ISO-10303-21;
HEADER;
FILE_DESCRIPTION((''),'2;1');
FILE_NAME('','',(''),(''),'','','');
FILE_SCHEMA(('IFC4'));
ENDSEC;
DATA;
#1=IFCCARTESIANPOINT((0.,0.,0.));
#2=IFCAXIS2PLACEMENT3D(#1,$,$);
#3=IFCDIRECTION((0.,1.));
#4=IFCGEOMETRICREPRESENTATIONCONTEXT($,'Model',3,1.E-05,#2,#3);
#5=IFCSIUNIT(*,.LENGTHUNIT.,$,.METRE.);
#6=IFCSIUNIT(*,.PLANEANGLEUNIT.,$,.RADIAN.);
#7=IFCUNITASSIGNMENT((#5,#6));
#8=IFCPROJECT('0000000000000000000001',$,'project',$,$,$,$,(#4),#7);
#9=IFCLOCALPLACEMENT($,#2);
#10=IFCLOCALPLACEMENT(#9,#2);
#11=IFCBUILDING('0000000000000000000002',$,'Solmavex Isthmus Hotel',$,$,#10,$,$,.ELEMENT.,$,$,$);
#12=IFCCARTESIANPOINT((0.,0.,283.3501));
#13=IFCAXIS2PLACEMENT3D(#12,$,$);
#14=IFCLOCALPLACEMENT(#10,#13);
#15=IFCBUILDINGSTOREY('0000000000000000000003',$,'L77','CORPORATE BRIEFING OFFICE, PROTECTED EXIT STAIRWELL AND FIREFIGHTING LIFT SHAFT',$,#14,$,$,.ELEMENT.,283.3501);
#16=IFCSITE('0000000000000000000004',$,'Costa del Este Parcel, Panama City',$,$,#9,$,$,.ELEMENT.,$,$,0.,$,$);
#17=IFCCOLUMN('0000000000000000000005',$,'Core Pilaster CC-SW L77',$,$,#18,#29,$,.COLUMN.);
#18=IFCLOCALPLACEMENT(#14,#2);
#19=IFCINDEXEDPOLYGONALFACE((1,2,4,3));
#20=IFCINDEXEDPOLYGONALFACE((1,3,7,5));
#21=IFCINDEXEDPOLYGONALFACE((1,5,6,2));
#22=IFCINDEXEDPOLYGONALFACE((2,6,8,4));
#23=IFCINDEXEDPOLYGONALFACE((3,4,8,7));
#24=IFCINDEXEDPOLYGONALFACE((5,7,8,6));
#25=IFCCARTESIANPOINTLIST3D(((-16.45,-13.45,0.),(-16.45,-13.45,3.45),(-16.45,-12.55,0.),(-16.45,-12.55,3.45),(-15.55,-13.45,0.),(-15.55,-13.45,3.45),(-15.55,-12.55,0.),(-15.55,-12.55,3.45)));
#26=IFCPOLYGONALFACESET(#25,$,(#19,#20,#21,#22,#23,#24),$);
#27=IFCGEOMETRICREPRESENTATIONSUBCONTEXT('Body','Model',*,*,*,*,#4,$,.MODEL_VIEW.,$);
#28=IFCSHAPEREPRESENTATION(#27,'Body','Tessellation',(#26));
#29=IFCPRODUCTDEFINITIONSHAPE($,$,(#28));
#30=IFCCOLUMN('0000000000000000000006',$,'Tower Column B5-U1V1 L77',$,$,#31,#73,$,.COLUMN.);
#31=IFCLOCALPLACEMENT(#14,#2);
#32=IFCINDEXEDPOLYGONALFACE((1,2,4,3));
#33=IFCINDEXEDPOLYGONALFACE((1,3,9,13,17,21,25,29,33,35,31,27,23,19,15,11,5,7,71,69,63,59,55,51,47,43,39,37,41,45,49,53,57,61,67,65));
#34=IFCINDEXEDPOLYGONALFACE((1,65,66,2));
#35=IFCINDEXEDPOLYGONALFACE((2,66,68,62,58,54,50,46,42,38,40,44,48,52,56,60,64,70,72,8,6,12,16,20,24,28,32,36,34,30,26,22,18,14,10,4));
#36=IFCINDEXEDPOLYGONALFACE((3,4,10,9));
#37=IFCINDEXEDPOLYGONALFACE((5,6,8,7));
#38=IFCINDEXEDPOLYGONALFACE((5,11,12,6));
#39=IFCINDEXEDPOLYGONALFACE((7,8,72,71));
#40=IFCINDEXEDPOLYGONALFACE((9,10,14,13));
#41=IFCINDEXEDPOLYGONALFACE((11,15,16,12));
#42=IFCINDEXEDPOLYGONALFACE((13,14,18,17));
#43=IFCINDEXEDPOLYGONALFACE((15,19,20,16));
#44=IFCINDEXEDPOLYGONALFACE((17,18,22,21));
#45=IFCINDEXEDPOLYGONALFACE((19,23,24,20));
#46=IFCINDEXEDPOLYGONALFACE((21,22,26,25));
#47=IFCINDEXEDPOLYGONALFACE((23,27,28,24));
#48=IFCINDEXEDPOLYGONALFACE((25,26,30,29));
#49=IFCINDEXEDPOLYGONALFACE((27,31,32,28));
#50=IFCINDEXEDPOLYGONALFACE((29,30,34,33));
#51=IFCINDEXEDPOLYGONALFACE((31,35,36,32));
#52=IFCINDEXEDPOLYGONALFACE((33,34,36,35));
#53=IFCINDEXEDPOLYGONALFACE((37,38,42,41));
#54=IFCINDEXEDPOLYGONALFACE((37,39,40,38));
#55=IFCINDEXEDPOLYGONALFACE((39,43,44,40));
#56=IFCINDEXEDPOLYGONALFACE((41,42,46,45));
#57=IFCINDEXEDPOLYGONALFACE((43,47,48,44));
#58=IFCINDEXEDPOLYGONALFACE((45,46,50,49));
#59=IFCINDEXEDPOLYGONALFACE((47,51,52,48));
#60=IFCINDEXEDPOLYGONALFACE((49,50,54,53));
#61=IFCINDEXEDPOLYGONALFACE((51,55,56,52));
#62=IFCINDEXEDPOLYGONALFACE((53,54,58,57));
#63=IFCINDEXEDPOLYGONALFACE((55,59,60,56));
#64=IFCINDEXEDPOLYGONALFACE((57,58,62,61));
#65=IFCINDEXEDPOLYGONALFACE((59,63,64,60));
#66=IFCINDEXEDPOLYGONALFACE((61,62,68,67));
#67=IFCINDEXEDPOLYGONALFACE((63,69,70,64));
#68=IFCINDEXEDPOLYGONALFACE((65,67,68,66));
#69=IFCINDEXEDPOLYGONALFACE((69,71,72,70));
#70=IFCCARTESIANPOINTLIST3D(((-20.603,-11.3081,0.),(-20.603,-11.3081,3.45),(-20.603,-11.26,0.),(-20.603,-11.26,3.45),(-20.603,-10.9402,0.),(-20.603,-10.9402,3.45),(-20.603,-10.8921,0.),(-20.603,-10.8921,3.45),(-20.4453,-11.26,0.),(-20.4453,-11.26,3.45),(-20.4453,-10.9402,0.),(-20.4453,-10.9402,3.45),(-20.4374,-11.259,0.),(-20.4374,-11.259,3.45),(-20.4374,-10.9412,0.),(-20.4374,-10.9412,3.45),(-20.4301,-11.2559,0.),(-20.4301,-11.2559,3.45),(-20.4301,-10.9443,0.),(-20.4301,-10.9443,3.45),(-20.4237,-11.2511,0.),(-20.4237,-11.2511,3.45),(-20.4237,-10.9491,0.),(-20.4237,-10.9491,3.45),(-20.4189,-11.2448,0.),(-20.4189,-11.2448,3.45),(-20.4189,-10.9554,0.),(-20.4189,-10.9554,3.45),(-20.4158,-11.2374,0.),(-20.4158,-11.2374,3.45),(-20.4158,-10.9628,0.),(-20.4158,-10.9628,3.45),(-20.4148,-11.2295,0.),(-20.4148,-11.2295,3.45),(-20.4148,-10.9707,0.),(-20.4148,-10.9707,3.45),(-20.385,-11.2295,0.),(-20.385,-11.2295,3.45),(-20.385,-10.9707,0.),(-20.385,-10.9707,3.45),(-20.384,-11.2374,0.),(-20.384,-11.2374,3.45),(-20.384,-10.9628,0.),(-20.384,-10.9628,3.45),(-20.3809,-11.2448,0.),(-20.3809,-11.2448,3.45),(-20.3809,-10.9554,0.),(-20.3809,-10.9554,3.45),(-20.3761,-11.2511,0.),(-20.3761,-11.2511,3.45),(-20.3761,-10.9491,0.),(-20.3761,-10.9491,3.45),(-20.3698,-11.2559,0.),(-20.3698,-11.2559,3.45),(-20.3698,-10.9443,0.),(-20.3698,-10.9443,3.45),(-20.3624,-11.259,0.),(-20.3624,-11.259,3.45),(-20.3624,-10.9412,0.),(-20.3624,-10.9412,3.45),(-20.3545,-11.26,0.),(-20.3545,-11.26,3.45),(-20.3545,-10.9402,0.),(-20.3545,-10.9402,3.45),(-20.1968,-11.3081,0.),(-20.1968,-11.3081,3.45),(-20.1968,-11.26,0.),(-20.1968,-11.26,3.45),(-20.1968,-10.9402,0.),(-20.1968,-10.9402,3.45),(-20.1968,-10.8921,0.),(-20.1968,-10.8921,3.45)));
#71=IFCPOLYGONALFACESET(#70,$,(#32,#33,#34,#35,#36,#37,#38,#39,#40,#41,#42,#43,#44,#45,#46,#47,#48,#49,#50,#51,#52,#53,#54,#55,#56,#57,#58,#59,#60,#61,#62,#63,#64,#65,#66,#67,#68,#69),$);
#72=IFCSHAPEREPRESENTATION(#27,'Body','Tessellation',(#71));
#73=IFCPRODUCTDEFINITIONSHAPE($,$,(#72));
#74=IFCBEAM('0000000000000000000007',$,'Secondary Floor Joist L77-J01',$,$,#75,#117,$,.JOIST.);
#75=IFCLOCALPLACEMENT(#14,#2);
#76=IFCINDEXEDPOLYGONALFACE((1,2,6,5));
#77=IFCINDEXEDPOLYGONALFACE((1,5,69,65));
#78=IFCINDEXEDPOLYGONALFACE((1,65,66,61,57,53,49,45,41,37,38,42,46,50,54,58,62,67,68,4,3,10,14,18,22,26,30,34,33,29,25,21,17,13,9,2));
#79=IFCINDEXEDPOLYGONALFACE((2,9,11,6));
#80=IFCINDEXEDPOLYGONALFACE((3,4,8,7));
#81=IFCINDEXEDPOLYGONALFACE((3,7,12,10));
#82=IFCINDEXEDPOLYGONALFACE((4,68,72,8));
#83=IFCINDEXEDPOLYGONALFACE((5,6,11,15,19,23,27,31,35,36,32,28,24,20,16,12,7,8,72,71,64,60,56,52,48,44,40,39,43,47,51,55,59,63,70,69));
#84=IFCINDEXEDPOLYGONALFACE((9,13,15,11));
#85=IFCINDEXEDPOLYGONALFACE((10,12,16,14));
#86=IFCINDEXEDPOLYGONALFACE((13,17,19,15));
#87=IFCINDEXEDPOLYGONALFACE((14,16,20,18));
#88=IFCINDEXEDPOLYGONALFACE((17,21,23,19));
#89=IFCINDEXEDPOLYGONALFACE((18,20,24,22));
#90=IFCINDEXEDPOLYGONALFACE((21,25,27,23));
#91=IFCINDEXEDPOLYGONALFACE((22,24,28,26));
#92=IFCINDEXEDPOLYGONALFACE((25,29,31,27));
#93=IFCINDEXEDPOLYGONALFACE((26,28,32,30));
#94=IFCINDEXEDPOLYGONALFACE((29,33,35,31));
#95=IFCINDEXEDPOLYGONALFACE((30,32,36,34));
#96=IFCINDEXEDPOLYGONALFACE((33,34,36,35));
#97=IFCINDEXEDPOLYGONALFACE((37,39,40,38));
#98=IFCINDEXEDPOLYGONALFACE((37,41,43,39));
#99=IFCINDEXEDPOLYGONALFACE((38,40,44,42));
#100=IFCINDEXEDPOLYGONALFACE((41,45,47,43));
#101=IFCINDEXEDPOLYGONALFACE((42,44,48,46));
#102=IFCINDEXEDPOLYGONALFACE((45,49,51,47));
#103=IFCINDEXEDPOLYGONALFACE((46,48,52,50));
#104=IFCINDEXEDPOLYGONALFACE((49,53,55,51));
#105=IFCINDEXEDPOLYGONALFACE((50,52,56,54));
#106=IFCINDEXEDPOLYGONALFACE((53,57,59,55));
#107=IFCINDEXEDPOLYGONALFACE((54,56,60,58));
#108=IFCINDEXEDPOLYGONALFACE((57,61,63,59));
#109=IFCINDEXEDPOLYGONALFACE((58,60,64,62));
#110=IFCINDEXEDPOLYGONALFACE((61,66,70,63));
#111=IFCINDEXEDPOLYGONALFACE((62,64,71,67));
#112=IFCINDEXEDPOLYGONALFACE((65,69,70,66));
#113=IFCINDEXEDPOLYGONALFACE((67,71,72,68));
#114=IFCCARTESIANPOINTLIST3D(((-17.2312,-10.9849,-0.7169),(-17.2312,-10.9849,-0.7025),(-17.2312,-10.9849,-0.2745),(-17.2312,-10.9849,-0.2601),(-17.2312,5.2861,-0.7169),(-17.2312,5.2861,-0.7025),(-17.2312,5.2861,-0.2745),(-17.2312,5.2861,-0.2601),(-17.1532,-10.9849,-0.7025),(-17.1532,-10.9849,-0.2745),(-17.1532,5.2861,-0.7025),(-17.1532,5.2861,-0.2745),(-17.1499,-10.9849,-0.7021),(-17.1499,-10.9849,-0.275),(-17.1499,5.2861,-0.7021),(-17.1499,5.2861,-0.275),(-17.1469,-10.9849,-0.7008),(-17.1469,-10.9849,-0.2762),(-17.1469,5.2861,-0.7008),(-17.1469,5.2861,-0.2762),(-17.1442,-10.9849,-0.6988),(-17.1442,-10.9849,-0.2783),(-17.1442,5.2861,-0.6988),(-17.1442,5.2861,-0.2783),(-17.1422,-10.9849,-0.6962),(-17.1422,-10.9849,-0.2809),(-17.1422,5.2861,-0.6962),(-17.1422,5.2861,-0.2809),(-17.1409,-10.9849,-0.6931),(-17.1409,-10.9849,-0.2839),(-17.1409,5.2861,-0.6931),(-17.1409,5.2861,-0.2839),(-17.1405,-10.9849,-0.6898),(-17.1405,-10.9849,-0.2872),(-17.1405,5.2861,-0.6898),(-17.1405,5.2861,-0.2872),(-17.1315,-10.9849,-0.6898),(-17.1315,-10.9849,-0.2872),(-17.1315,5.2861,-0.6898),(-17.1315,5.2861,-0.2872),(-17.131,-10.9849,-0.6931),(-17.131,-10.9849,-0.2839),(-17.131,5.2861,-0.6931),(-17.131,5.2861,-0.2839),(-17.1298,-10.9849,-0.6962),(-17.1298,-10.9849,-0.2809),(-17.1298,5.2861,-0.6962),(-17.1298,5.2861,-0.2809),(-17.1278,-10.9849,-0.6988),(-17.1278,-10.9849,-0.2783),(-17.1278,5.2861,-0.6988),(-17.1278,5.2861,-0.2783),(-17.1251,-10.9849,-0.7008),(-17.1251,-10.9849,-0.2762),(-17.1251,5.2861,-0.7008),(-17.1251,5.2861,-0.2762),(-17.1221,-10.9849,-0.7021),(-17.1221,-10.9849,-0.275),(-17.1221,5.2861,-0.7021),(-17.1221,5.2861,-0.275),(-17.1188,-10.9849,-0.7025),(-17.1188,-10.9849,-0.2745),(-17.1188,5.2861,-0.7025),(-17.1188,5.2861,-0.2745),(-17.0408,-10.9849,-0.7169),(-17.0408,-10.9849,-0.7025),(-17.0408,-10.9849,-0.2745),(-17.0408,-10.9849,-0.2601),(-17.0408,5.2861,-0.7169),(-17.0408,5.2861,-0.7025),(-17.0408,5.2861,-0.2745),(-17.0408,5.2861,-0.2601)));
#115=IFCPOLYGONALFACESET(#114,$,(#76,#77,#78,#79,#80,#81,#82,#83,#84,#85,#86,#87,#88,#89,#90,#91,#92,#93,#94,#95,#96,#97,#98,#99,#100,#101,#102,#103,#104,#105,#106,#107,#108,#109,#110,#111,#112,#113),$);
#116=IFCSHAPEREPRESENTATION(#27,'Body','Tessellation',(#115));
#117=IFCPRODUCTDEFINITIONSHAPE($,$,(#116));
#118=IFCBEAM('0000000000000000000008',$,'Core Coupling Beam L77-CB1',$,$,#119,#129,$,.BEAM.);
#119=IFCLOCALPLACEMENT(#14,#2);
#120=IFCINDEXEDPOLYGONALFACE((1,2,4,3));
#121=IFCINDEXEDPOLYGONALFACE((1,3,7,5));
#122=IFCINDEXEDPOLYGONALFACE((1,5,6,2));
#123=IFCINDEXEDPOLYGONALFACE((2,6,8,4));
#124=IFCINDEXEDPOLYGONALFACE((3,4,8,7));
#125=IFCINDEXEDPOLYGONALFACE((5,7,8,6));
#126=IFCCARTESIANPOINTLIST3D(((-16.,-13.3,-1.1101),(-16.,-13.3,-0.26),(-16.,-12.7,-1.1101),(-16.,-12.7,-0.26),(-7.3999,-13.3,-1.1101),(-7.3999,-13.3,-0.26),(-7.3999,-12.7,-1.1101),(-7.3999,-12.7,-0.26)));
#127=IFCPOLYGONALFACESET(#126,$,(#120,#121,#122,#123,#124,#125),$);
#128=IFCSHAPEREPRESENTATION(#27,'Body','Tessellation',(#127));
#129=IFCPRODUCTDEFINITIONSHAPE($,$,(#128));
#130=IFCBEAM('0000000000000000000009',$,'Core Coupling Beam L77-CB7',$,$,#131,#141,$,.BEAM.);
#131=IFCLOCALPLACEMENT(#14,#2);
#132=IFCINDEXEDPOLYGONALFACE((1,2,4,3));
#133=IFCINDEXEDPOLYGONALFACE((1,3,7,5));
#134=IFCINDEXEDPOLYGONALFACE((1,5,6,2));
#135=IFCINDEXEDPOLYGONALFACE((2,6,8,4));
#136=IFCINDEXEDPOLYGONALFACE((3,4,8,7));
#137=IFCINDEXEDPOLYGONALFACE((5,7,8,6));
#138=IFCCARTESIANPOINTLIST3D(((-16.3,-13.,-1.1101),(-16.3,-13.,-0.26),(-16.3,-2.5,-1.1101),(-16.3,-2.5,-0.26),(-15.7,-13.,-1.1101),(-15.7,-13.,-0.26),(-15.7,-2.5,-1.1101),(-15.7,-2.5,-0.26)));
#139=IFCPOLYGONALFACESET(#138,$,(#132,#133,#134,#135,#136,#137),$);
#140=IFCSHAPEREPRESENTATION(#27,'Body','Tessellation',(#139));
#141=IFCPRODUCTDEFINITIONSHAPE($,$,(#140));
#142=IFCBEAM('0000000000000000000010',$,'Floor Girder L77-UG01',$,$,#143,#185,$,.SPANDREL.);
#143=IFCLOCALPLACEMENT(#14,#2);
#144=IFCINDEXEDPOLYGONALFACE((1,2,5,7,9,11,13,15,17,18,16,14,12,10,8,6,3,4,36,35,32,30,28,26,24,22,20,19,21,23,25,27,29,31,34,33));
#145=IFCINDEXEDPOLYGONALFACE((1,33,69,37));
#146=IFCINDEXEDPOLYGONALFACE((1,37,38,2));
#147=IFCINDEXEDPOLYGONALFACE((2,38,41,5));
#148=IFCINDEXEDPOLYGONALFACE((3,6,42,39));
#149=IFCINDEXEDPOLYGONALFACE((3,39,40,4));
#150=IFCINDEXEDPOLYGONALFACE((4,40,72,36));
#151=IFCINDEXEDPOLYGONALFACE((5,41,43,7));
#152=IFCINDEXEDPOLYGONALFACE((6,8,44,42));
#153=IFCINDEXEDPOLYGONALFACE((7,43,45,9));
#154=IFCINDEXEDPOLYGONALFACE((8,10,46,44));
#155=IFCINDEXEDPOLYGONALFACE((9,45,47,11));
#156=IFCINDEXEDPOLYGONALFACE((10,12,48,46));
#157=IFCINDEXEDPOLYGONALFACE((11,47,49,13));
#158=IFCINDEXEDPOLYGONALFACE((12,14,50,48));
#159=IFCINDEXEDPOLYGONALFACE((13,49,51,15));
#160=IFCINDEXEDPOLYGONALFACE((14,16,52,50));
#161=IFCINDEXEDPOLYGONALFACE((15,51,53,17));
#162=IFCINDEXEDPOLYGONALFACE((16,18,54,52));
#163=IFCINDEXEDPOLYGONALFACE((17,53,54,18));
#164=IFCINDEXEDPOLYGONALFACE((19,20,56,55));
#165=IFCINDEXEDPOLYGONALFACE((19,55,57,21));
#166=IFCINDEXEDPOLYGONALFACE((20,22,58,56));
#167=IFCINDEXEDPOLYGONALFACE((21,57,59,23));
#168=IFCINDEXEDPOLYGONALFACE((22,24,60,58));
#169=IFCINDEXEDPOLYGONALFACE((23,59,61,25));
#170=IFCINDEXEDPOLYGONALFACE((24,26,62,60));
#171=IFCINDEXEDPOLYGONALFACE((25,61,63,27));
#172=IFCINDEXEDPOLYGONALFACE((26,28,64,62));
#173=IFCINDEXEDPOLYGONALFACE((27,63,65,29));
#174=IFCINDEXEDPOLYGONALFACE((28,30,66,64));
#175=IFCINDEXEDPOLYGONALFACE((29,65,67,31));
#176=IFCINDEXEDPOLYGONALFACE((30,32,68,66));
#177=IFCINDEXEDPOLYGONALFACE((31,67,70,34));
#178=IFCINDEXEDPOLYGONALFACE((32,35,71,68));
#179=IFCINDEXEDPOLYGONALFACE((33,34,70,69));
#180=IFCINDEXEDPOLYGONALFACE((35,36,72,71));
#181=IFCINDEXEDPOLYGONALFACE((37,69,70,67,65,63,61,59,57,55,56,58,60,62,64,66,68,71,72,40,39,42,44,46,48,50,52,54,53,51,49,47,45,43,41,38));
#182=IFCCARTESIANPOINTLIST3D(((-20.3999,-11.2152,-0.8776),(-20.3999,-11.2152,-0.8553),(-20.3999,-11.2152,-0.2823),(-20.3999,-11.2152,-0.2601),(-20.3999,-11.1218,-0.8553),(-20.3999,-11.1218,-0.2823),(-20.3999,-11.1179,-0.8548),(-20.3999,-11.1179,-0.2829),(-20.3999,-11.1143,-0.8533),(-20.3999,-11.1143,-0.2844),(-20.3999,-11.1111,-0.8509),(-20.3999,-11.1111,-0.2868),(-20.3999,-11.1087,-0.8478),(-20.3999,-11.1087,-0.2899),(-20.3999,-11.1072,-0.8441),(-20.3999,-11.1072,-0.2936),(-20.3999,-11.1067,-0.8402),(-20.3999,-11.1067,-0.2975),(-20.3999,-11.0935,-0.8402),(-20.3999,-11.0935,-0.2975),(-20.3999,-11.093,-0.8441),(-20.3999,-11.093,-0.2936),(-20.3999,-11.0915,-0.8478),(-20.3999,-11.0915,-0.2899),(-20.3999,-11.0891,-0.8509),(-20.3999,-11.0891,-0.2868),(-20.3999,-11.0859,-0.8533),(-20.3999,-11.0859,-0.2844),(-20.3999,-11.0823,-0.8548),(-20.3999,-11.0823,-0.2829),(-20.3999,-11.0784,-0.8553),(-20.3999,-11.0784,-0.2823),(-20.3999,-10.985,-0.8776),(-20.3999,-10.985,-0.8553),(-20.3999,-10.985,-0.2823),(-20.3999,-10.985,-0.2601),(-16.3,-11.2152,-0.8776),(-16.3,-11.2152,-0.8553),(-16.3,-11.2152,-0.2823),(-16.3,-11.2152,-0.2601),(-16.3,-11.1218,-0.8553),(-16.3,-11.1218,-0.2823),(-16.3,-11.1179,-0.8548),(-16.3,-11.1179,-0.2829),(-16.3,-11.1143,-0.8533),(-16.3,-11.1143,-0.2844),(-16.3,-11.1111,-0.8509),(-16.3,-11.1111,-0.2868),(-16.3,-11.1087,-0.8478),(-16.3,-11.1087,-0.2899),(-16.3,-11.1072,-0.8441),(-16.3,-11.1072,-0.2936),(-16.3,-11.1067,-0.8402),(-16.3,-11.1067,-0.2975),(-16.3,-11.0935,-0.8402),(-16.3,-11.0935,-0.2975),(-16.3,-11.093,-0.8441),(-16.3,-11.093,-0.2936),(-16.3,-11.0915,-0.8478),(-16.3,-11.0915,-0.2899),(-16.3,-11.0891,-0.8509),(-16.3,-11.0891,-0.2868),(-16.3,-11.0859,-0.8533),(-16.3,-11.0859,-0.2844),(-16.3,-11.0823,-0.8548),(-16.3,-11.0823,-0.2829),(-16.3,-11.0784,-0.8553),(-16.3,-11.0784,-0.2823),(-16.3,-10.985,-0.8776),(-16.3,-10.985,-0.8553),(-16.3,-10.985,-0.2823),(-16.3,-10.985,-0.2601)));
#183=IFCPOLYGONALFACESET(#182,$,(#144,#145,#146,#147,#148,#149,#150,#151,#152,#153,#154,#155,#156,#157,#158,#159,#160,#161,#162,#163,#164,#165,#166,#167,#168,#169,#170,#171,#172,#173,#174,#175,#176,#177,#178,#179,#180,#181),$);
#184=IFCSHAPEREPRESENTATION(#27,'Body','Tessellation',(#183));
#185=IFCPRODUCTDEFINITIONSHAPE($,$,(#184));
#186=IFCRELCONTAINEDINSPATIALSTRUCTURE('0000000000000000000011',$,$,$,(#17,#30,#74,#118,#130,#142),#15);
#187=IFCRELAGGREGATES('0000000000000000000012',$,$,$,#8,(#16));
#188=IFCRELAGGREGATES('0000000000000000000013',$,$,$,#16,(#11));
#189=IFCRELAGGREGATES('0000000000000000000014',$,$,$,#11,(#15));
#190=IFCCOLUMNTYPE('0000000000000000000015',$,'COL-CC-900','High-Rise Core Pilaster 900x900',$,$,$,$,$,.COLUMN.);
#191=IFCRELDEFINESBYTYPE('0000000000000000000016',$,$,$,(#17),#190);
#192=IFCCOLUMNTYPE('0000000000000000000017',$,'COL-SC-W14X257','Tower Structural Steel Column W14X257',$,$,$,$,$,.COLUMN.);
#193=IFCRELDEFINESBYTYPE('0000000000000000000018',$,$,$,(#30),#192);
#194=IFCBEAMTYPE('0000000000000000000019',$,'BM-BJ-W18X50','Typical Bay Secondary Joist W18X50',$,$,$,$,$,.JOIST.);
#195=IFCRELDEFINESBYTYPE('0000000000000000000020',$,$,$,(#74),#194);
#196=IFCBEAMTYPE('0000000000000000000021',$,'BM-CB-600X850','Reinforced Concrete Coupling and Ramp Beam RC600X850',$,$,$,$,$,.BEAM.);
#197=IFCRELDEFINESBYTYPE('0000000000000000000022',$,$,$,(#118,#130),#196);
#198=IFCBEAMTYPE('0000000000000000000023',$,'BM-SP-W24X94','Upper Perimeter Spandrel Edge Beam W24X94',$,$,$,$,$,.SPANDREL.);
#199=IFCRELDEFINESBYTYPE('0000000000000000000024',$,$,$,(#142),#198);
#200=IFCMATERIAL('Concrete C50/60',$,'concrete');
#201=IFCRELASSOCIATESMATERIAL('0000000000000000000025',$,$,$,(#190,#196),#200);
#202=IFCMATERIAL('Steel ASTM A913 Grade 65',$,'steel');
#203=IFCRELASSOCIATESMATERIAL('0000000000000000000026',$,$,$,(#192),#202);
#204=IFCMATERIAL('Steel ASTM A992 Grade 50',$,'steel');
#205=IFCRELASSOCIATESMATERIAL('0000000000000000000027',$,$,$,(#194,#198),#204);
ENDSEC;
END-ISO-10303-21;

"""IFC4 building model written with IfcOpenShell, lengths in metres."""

from ifc_helpers import new_model, si_unit, direction, frame, origin, origin_2d, place, context, subcontext, project, spatial, rectangle, i_section, extrude, material, material_profile, profile_set, type_object, element, save


model = new_model("IFC4")

# Units and contexts
model_context = context("Model", 3, precision=1e-05, world=origin(), true_north=direction((0.0, 1.0)))
body_context = subcontext(model_context, "Body", "Model", "MODEL_VIEW")
ifc_project = project(units=[si_unit("LENGTHUNIT", "METRE"), si_unit("PLANEANGLEUNIT", "RADIAN")], contexts=[model_context])

# Site, building, storey
site_placement = place(None, origin())
site = spatial("IfcSite", under=ifc_project, at=site_placement, Name="Costa del Este Parcel, Panama City", CompositionType="ELEMENT", RefElevation=0.0)
building_placement = place(site_placement, origin())
building = spatial("IfcBuilding", under=site, at=building_placement, Name="Solmavex Isthmus Hotel", CompositionType="ELEMENT")
storey_placement = place(building_placement, frame((0.0, 0.0, 283.3501)))
storey = spatial("IfcBuildingStorey", under=building, at=storey_placement, Name="L77", Description="CORPORATE BRIEFING OFFICE, PROTECTED EXIT STAIRWELL AND FIREFIGHTING LIFT SHAFT", CompositionType="ELEMENT", Elevation=283.3501)

# Columns
ifc_material_1 = material(Name="Concrete C50/60", Category="concrete")
ifc_material_profile_1 = material_profile(ifc_material_1, rectangle(XDim=0.8999, YDim=0.8999, at=origin_2d()), Name="RC900X900")
ifc_profile_set_1 = profile_set([ifc_material_profile_1], Name="Concrete C50/60")
column_type_1 = type_object("IfcColumnType", Name="COL-CC-900", Description="High-Rise Core Pilaster 900x900", PredefinedType="COLUMN", material=ifc_profile_set_1)
column_1_placement = place(storey_placement, frame((-16.0, -13.0, 0.0), z_axis=(0.0, 0.0, 1.0), x_axis=(1.0, 0.0, 0.0)))
element("IfcColumn", 1, at=column_1_placement, inside=storey, type_object=column_type_1, Name="Core Pilaster CC-SW L77", PredefinedType="COLUMN", context=body_context, shape_type="SweptSolid", body=[
    extrude(rectangle(XDim=0.8999, YDim=0.8999, at=origin_2d()), origin(), (0.0, 0.0, 1.0), 3.45),
])
ifc_material_2 = material(Name="Steel ASTM A913 Grade 65", Category="steel")
ifc_material_profile_2 = material_profile(ifc_material_2, i_section(OverallWidth=0.4062, OverallDepth=0.416, WebThickness=0.0298, FlangeThickness=0.0481, FilletRadius=0.0305, at=origin_2d()), Name="W14X257")
ifc_profile_set_2 = profile_set([ifc_material_profile_2], Name="Steel ASTM A913 Grade 65")
column_type_2 = type_object("IfcColumnType", Name="COL-SC-W14X257", Description="Tower Structural Steel Column W14X257", PredefinedType="COLUMN", material=ifc_profile_set_2)
column_2_placement = place(storey_placement, frame((-20.3999, -11.1001, 0.0), z_axis=(0.0, 0.0, 1.0), x_axis=(1.0, 0.0, 0.0)))
element("IfcColumn", 2, at=column_2_placement, inside=storey, type_object=column_type_2, Name="Tower Column B5-U1V1 L77", PredefinedType="COLUMN", context=body_context, shape_type="SweptSolid", body=[
    extrude(i_section(OverallWidth=0.4062, OverallDepth=0.416, WebThickness=0.0298, FlangeThickness=0.0481, FilletRadius=0.0305, at=origin_2d()), origin(), (0.0, 0.0, 1.0), 3.45),
])

# Beams
ifc_material_3 = material(Name="Steel ASTM A992 Grade 50", Category="steel")
ifc_material_profile_3 = material_profile(ifc_material_3, i_section(OverallWidth=0.1904, OverallDepth=0.4568, WebThickness=0.009, FlangeThickness=0.0144, FilletRadius=0.0127, at=origin_2d()), Name="W18X50")
ifc_profile_set_3 = profile_set([ifc_material_profile_3], Name="Steel ASTM A992 Grade 50")
beam_type_1 = type_object("IfcBeamType", Name="BM-BJ-W18X50", Description="Typical Bay Secondary Joist W18X50", PredefinedType="JOIST", material=ifc_profile_set_3)
beam_1_placement = place(storey_placement, frame((-17.136, -10.9849, -0.4885), z_axis=(0.0, 1.0, 0.0), x_axis=(-1.0, 0.0, 0.0)))
element("IfcBeam", 3, at=beam_1_placement, inside=storey, type_object=beam_type_1, Name="Secondary Floor Joist L77-J01", PredefinedType="JOIST", context=body_context, shape_type="SweptSolid", body=[
    extrude(i_section(OverallWidth=0.1904, OverallDepth=0.4568, WebThickness=0.009, FlangeThickness=0.0144, FilletRadius=0.0127, at=origin_2d()), origin(), (0.0, 0.0, 1.0), 16.271),
])
ifc_material_profile_4 = material_profile(ifc_material_1, rectangle(XDim=0.6001, YDim=0.8501, at=origin_2d()), Name="RC600X850")
ifc_profile_set_4 = profile_set([ifc_material_profile_4], Name="Concrete C50/60")
beam_type_2 = type_object("IfcBeamType", Name="BM-CB-600X850", Description="Reinforced Concrete Coupling and Ramp Beam RC600X850", PredefinedType="BEAM", material=ifc_profile_set_4)
beam_2_placement = place(storey_placement, frame((-16.0, -13.0, -0.6851), z_axis=(1.0, 0.0, 0.0), x_axis=(0.0, 1.0, 0.0)))
element("IfcBeam", 4, at=beam_2_placement, inside=storey, type_object=beam_type_2, Name="Core Coupling Beam L77-CB1", PredefinedType="BEAM", context=body_context, shape_type="SweptSolid", body=[
    extrude(rectangle(XDim=0.6001, YDim=0.8501, at=origin_2d()), origin(), (0.0, 0.0, 1.0), 8.6001),
])
beam_3_placement = place(storey_placement, frame((-16.0, -13.0, -0.6851), z_axis=(0.0, 1.0, 0.0), x_axis=(-1.0, 0.0, 0.0)))
element("IfcBeam", 5, at=beam_3_placement, inside=storey, type_object=beam_type_2, Name="Core Coupling Beam L77-CB7", PredefinedType="BEAM", context=body_context, shape_type="SweptSolid", body=[
    extrude(rectangle(XDim=0.6001, YDim=0.8501, at=origin_2d()), origin(), (0.0, 0.0, 1.0), 10.5),
])
ifc_material_profile_5 = material_profile(ifc_material_3, i_section(OverallWidth=0.2302, OverallDepth=0.6174, WebThickness=0.0132, FlangeThickness=0.0222, FilletRadius=0.0151, at=origin_2d()), Name="W24X94")
ifc_profile_set_5 = profile_set([ifc_material_profile_5], Name="Steel ASTM A992 Grade 50")
beam_type_3 = type_object("IfcBeamType", Name="BM-SP-W24X94", Description="Upper Perimeter Spandrel Edge Beam W24X94", PredefinedType="SPANDREL", material=ifc_profile_set_5)
beam_4_placement = place(storey_placement, frame((-20.3999, -11.1001, -0.5688), z_axis=(1.0, 0.0, 0.0), x_axis=(0.0, 1.0, 0.0)))
element("IfcBeam", 6, at=beam_4_placement, inside=storey, type_object=beam_type_3, Name="Floor Girder L77-UG01", PredefinedType="SPANDREL", context=body_context, shape_type="SweptSolid", body=[
    extrude(i_section(OverallWidth=0.2302, OverallDepth=0.6174, WebThickness=0.0132, FlangeThickness=0.0222, FilletRadius=0.0151, at=origin_2d()), origin(), (0.0, 0.0, 1.0), 4.0999),
])

save(model, "model.ifc")
